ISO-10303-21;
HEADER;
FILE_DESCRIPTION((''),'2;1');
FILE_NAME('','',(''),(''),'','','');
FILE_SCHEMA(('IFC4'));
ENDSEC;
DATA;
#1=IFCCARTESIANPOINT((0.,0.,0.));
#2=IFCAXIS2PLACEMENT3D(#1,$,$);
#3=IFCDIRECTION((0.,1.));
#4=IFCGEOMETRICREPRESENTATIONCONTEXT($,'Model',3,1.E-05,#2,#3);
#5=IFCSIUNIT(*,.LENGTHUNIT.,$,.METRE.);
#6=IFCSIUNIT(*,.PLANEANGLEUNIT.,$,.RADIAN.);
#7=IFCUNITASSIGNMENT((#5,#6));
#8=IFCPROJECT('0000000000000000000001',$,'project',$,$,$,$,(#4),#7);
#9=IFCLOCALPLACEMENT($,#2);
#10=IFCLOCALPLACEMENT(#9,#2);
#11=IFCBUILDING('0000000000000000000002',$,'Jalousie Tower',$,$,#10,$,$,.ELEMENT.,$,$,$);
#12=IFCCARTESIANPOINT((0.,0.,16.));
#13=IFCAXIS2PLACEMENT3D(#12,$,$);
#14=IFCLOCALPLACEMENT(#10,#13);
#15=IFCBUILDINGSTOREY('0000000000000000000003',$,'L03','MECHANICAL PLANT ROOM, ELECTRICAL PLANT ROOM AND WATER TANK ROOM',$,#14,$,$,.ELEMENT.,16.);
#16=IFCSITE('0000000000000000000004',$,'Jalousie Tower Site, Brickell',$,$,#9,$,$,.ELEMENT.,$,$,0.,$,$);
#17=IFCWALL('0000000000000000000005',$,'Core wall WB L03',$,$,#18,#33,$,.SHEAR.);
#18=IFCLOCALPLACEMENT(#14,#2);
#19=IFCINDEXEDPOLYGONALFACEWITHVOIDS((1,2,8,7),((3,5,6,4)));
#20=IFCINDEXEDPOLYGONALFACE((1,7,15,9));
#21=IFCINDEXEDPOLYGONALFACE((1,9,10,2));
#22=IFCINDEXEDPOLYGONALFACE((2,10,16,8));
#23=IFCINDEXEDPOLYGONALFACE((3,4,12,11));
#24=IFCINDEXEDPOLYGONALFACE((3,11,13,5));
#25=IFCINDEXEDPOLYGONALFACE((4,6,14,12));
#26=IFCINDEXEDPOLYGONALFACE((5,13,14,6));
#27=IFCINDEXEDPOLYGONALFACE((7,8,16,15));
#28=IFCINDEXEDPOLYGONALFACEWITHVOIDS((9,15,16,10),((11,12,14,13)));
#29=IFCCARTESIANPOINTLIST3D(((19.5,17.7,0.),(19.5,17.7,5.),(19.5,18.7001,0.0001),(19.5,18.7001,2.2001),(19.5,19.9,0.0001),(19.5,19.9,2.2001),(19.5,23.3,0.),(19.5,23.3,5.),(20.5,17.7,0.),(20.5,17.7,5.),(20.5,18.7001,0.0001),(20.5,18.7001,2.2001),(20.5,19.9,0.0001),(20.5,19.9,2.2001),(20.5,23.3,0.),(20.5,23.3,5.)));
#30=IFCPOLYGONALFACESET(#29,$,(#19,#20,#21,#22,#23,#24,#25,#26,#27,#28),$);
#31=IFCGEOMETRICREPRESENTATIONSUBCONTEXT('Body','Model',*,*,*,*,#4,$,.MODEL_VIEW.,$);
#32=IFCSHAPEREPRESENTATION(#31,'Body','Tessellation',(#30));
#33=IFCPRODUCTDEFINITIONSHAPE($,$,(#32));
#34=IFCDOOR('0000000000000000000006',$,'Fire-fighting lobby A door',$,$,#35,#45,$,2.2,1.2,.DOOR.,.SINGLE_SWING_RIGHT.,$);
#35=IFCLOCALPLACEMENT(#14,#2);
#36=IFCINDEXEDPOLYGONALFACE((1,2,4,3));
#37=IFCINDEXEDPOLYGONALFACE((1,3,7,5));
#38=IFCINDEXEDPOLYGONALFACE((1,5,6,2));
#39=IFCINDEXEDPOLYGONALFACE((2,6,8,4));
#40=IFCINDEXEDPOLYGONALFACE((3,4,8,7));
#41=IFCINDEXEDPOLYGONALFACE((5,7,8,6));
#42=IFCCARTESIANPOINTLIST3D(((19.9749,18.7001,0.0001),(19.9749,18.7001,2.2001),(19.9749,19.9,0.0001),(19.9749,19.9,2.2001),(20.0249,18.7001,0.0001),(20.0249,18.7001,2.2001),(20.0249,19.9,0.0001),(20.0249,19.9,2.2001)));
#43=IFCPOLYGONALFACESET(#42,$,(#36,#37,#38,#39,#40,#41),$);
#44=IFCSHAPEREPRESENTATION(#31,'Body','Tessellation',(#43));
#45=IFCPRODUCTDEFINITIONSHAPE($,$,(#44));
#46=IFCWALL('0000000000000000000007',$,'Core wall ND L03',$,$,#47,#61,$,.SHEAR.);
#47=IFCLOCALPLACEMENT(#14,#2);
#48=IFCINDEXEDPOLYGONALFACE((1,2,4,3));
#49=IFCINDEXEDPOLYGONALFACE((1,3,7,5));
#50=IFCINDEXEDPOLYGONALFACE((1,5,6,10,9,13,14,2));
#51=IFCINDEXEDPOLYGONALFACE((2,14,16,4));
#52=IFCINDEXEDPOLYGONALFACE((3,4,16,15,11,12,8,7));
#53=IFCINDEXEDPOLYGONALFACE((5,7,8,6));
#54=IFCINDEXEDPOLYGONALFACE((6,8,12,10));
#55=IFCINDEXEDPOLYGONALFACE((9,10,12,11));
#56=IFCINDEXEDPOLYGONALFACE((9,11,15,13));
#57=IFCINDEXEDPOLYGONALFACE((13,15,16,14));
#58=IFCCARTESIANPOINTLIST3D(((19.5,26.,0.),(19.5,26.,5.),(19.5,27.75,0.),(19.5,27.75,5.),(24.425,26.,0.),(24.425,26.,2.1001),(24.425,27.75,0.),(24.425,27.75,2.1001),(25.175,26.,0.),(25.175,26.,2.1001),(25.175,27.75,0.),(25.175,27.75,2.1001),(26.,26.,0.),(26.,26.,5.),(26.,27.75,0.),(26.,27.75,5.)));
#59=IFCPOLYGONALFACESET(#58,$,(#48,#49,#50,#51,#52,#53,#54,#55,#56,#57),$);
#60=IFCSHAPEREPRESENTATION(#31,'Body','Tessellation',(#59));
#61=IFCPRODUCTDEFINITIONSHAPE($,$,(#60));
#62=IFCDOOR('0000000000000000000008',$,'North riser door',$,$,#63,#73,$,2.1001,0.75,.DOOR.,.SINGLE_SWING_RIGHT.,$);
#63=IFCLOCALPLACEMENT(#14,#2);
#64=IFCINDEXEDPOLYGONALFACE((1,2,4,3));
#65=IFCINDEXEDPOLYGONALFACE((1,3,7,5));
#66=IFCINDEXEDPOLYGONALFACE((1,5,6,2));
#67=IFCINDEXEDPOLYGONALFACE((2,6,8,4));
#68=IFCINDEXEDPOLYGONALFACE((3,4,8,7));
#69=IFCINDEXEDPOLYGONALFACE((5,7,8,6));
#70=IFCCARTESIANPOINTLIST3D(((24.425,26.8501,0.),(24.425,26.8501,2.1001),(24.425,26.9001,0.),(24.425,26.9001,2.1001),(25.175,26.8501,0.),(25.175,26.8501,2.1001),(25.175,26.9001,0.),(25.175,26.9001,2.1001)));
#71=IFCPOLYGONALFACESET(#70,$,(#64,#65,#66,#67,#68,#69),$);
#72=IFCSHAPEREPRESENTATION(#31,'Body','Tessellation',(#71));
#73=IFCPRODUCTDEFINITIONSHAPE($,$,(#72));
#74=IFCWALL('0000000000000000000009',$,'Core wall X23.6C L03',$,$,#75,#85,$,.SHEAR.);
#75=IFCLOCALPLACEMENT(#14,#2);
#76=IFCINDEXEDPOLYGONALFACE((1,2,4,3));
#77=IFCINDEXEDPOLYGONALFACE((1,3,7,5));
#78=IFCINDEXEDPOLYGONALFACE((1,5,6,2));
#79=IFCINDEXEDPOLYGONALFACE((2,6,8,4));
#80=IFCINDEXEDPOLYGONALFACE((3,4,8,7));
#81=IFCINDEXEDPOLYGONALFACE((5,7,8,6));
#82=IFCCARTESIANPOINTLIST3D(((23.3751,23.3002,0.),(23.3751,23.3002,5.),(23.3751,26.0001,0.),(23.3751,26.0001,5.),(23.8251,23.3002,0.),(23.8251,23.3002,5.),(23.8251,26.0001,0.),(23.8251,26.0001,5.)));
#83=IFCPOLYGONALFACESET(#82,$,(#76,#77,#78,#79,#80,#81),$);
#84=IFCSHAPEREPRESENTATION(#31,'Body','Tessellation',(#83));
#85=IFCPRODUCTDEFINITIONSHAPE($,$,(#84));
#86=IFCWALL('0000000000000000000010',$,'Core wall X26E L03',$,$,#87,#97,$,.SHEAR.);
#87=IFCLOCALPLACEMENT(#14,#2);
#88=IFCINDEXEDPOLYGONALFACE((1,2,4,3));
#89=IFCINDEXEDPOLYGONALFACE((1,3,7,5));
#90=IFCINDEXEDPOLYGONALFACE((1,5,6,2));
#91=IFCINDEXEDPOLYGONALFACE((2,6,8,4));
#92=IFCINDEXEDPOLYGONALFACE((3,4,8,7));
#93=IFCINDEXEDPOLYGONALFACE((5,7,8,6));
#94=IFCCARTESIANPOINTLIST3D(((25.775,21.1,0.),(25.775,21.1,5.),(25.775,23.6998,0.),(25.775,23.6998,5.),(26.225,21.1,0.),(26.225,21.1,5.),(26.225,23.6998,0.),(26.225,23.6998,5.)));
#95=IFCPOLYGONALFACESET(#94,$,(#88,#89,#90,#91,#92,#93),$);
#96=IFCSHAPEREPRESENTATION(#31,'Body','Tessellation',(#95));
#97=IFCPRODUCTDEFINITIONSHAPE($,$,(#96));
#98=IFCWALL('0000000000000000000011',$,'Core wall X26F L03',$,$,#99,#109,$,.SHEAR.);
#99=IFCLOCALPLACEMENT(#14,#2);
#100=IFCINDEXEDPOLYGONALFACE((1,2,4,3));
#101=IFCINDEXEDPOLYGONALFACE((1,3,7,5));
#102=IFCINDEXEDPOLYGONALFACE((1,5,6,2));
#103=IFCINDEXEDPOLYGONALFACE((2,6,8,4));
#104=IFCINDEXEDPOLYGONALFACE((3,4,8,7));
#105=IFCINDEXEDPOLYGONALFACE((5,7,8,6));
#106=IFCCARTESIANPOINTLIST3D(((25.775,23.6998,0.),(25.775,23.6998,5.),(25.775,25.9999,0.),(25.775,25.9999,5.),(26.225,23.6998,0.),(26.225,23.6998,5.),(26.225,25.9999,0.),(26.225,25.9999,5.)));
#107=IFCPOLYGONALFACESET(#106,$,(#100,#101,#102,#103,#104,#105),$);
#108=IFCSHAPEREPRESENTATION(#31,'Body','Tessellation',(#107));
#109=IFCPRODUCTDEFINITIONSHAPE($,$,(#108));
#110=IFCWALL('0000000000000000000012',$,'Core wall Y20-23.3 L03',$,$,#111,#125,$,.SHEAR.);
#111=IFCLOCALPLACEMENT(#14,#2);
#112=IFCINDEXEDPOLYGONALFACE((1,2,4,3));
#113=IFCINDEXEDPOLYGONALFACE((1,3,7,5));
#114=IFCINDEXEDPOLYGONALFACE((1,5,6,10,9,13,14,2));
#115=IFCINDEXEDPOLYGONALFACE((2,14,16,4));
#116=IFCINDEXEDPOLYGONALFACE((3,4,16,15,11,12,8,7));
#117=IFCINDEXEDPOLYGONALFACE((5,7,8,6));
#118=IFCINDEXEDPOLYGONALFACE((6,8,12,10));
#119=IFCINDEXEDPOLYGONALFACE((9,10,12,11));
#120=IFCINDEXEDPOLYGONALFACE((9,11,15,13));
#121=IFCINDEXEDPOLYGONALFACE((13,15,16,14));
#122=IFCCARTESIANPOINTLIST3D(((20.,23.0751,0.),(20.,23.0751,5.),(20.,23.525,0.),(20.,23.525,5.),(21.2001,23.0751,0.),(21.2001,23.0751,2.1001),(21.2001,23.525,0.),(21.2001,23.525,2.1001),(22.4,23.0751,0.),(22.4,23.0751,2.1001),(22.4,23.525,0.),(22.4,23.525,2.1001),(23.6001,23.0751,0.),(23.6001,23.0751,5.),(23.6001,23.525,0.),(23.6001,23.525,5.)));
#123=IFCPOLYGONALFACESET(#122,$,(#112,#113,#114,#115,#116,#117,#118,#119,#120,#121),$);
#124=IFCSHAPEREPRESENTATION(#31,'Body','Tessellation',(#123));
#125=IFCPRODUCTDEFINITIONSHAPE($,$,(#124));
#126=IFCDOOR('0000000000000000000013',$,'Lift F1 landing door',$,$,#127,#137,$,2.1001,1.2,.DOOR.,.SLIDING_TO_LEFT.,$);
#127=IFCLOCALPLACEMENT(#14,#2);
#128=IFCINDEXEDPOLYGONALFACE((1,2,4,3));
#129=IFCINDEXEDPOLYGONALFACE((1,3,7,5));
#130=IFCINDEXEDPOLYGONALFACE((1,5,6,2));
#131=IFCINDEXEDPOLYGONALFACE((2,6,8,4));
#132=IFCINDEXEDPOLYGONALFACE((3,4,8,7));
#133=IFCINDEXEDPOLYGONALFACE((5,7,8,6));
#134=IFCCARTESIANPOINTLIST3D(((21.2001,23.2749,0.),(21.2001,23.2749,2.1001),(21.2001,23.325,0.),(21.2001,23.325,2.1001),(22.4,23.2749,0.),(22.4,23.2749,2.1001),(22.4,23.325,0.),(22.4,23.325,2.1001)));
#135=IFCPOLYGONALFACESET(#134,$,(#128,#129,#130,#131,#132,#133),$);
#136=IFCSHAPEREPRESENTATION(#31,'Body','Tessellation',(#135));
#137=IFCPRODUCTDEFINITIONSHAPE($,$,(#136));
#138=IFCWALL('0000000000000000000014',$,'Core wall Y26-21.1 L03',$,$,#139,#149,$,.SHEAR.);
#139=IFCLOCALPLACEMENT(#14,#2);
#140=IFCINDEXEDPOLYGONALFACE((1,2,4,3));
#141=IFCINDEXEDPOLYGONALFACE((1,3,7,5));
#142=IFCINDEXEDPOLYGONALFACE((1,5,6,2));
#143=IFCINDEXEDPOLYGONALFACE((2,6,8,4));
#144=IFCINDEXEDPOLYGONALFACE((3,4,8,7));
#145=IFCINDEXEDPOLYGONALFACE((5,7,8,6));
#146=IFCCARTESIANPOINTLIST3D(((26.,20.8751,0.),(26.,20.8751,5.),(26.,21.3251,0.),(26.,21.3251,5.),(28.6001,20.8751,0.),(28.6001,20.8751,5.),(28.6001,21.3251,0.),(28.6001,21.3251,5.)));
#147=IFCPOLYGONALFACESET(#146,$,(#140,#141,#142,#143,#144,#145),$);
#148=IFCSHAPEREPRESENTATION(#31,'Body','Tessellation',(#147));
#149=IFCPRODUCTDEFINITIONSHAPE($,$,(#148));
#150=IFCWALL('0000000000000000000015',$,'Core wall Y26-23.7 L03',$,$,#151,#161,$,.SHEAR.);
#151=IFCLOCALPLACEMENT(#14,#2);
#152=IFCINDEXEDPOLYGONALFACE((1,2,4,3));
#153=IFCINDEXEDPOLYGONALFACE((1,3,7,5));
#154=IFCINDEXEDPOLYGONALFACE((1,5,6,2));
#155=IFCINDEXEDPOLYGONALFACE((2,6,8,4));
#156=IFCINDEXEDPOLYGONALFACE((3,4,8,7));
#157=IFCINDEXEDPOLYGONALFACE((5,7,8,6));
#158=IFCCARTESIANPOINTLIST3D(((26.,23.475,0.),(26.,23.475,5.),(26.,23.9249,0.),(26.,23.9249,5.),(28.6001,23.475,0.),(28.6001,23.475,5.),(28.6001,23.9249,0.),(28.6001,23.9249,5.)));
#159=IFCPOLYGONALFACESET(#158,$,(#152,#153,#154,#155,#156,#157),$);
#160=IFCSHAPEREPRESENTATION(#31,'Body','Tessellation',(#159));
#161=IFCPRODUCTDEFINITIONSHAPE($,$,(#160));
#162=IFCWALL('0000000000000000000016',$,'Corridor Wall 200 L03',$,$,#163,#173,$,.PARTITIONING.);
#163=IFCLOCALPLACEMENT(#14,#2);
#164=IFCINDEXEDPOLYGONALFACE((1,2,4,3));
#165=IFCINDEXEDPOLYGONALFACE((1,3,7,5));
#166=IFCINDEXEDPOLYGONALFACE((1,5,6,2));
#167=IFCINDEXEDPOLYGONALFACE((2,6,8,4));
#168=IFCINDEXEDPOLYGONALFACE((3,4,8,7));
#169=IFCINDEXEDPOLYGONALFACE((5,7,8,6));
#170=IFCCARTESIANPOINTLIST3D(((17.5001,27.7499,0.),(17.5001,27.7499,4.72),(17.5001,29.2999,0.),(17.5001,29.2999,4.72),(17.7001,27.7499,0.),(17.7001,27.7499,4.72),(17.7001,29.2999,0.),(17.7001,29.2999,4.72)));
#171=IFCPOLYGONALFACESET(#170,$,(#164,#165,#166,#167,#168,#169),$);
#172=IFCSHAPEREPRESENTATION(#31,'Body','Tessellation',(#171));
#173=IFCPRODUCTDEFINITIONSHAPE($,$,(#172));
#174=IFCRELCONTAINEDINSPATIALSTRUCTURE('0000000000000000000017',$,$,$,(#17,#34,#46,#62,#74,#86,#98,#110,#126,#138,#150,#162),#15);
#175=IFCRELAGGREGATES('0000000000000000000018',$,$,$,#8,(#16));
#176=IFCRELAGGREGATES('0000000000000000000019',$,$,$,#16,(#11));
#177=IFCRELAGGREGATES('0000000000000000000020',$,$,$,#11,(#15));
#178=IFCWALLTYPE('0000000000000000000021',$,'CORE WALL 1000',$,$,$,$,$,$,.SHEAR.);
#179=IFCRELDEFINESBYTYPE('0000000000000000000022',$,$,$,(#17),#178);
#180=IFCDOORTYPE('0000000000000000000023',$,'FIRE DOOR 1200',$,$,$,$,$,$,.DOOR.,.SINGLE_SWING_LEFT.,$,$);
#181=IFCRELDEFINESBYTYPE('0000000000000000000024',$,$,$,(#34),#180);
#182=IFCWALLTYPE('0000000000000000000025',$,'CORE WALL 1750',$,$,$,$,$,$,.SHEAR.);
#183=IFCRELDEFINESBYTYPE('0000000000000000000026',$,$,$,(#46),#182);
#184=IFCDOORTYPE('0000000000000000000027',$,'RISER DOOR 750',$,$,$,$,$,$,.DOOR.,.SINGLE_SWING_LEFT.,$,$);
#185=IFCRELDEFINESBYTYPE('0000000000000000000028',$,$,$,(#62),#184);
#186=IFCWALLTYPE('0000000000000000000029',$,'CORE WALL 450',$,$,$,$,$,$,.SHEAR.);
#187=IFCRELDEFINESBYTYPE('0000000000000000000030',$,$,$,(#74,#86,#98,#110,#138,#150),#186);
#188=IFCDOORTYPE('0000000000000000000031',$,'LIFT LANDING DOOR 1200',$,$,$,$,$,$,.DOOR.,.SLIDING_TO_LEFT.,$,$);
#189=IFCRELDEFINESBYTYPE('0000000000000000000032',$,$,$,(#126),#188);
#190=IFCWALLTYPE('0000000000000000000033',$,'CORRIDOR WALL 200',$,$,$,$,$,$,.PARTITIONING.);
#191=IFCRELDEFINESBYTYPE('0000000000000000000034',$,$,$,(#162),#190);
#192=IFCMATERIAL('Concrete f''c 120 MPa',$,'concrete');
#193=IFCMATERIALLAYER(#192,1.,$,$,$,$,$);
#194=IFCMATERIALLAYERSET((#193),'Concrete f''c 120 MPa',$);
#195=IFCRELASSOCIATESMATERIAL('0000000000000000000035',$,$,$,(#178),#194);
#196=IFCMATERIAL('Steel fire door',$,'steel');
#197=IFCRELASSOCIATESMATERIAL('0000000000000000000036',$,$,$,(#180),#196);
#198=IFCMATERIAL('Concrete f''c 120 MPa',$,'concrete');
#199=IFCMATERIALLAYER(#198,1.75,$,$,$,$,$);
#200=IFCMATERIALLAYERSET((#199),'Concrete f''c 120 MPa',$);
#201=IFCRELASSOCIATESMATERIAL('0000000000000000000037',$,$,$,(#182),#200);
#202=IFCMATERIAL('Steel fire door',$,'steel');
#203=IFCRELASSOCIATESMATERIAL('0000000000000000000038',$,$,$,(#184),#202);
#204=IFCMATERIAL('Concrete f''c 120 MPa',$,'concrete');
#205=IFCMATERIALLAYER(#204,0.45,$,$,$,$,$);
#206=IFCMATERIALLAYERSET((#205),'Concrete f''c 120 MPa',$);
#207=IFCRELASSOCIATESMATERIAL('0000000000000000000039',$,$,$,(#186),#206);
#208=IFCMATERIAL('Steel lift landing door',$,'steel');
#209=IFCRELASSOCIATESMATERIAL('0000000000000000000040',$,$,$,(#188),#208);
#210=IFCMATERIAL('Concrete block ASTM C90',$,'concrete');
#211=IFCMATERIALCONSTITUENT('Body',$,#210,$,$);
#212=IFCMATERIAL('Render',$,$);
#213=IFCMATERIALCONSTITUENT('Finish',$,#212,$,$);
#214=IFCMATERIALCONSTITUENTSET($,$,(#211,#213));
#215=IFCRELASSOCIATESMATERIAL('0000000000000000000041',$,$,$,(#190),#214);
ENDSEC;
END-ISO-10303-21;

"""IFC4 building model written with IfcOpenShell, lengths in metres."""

from ifc_helpers import new_model, si_unit, direction, frame, frame_2d, origin, place, context, subcontext, project, spatial, rectangle, extrude, material, layer, layer_set, constituent, constituent_set, type_object, element, fill, save


model = new_model("IFC4")

# Units and contexts
model_context = context("Model", 3, precision=1e-05, world=origin(), true_north=direction((0.0, 1.0)))
body_context = subcontext(model_context, "Body", "Model", "MODEL_VIEW")
ifc_project = project(units=[si_unit("LENGTHUNIT", "METRE"), si_unit("PLANEANGLEUNIT", "RADIAN")], contexts=[model_context])

# Site, building, storey
site_placement = place(None, origin())
site = spatial("IfcSite", under=ifc_project, at=site_placement, Name="Jalousie Tower Site, Brickell", CompositionType="ELEMENT", RefElevation=0.0)
building_placement = place(site_placement, origin())
building = spatial("IfcBuilding", under=site, at=building_placement, Name="Jalousie Tower", CompositionType="ELEMENT")
storey_placement = place(building_placement, frame((0.0, 0.0, 16.0)))
storey = spatial("IfcBuildingStorey", under=building, at=storey_placement, Name="L03", Description="MECHANICAL PLANT ROOM, ELECTRICAL PLANT ROOM AND WATER TANK ROOM", CompositionType="ELEMENT", Elevation=16.0)

# Shared definitions
ifc_material_1 = material(Name="Concrete f'c 120 MPa", Category="concrete")
ifc_layer_1 = layer(ifc_material_1, 1.0)
ifc_layer_set_1 = layer_set([ifc_layer_1], Name="Concrete f'c 120 MPa")
wall_type_1 = type_object("IfcWallType", Name="CORE WALL 1000", PredefinedType="SHEAR", material=ifc_layer_set_1)

# Walls, openings, doors
wall_1_placement = place(storey_placement, frame((20.0, 23.3, 0.0), z_axis=(0.0, 0.0, 1.0), x_axis=(0.0, -1.0, 0.0)))
wall_1 = element("IfcWall", 1, at=wall_1_placement, inside=storey, type_object=wall_type_1, Name="Core wall WB L03", PredefinedType="SHEAR", context=body_context, shape_type="SweptSolid", body=[
    extrude(rectangle(XDim=5.6001, YDim=1.0, at=frame_2d((2.8, 0.0))), origin(), (0.0, 0.0, 1.0), 5.0),
])
opening_1_placement = place(wall_1_placement, frame((3.3999, 0.0, 0.0)))
opening_1 = element("IfcOpeningElement", 2, at=opening_1_placement, cuts=wall_1, PredefinedType="OPENING", context=body_context, shape_type="SweptSolid", body=[
    extrude(rectangle(XDim=1.2, YDim=2.2, at=frame_2d((0.6001, 1.1001))), frame((0.0, 0.51, 0.0), z_axis=(0.0, -1.0, 0.0), x_axis=(1.0, 0.0, 0.0)), (0.0, 0.0, 1.0), 1.02),
])
ifc_material_2 = material(Name="Steel fire door", Category="steel")
door_type_1 = type_object("IfcDoorType", Name="FIRE DOOR 1200", OperationType="SINGLE_SWING_LEFT", PredefinedType="DOOR", material=ifc_material_2)
door_1_placement = place(opening_1_placement, origin())
door_1 = element("IfcDoor", 3, at=door_1_placement, inside=storey, type_object=door_type_1, Name="Fire-fighting lobby A door", OperationType="SINGLE_SWING_RIGHT", OverallHeight=2.2, OverallWidth=1.2, PredefinedType="DOOR", context=body_context, shape_type="SweptSolid", body=[
    extrude(rectangle(XDim=1.2, YDim=2.2, at=frame_2d((0.6001, 1.1001))), frame((0.0, 0.0249, 0.0), z_axis=(0.0, -1.0, 0.0), x_axis=(1.0, 0.0, 0.0)), (0.0, 0.0, 1.0), 0.05),
])
fill(opening_1, door_1)
ifc_material_3 = material(Name="Concrete f'c 120 MPa", Category="concrete")
ifc_layer_2 = layer(ifc_material_3, 1.75)
ifc_layer_set_2 = layer_set([ifc_layer_2], Name="Concrete f'c 120 MPa")
wall_type_2 = type_object("IfcWallType", Name="CORE WALL 1750", PredefinedType="SHEAR", material=ifc_layer_set_2)
wall_2_placement = place(storey_placement, frame((26.0, 26.875, 0.0), z_axis=(0.0, 0.0, 1.0), x_axis=(-1.0, 0.0, 0.0)))
wall_2 = element("IfcWall", 4, at=wall_2_placement, inside=storey, type_object=wall_type_2, Name="Core wall ND L03", PredefinedType="SHEAR", context=body_context, shape_type="SweptSolid", body=[
    extrude(rectangle(XDim=6.5, YDim=1.75, at=frame_2d((3.25, 0.0))), origin(), (0.0, 0.0, 1.0), 5.0),
])
opening_2_placement = place(wall_2_placement, frame((0.825, 0.0, 0.0)))
opening_2 = element("IfcOpeningElement", 5, at=opening_2_placement, cuts=wall_2, PredefinedType="OPENING", context=body_context, shape_type="SweptSolid", body=[
    extrude(rectangle(XDim=0.75, YDim=2.1001, at=frame_2d((0.375, 1.05))), frame((0.0, 0.885, 0.0), z_axis=(0.0, -1.0, 0.0), x_axis=(1.0, 0.0, 0.0)), (0.0, 0.0, 1.0), 1.77),
])
ifc_material_4 = material(Name="Steel fire door", Category="steel")
door_type_2 = type_object("IfcDoorType", Name="RISER DOOR 750", OperationType="SINGLE_SWING_LEFT", PredefinedType="DOOR", material=ifc_material_4)
door_2_placement = place(opening_2_placement, origin())
door_2 = element("IfcDoor", 6, at=door_2_placement, inside=storey, type_object=door_type_2, Name="North riser door", OperationType="SINGLE_SWING_RIGHT", OverallHeight=2.1001, OverallWidth=0.75, PredefinedType="DOOR", context=body_context, shape_type="SweptSolid", body=[
    extrude(rectangle(XDim=0.75, YDim=2.1001, at=frame_2d((0.375, 1.05))), frame((0.0, 0.0249, 0.0), z_axis=(0.0, -1.0, 0.0), x_axis=(1.0, 0.0, 0.0)), (0.0, 0.0, 1.0), 0.05),
])
fill(opening_2, door_2)

# Walls
ifc_material_5 = material(Name="Concrete f'c 120 MPa", Category="concrete")
ifc_layer_3 = layer(ifc_material_5, 0.45)
ifc_layer_set_3 = layer_set([ifc_layer_3], Name="Concrete f'c 120 MPa")
wall_type_3 = type_object("IfcWallType", Name="CORE WALL 450", PredefinedType="SHEAR", material=ifc_layer_set_3)
wall_3_placement = place(storey_placement, frame((23.6001, 23.3, 0.0), z_axis=(0.0, 0.0, 1.0), x_axis=(0.0, 1.0, 0.0)))
element("IfcWall", 7, at=wall_3_placement, inside=storey, type_object=wall_type_3, Name="Core wall X23.6C L03", PredefinedType="SHEAR", context=body_context, shape_type="SweptSolid", body=[
    extrude(rectangle(XDim=2.7, YDim=0.45, at=frame_2d((1.3501, 0.0))), origin(), (0.0, 0.0, 1.0), 5.0),
])
wall_4_placement = place(storey_placement, frame((26.0, 21.1001, 0.0), z_axis=(0.0, 0.0, 1.0), x_axis=(0.0, 1.0, 0.0)))
element("IfcWall", 8, at=wall_4_placement, inside=storey, type_object=wall_type_3, Name="Core wall X26E L03", PredefinedType="SHEAR", context=body_context, shape_type="SweptSolid", body=[
    extrude(rectangle(XDim=2.5999, YDim=0.45, at=frame_2d((1.2998, 0.0))), origin(), (0.0, 0.0, 1.0), 5.0),
])
wall_5_placement = place(storey_placement, frame((26.0, 23.7, 0.0), z_axis=(0.0, 0.0, 1.0), x_axis=(0.0, 1.0, 0.0)))
element("IfcWall", 9, at=wall_5_placement, inside=storey, type_object=wall_type_3, Name="Core wall X26F L03", PredefinedType="SHEAR", context=body_context, shape_type="SweptSolid", body=[
    extrude(rectangle(XDim=2.3, YDim=0.45, at=frame_2d((1.1499, 0.0))), origin(), (0.0, 0.0, 1.0), 5.0),
])

# Wall, opening, door
wall_6_placement = place(storey_placement, frame((20.0, 23.3, 0.0), z_axis=(0.0, 0.0, 1.0), x_axis=(1.0, 0.0, 0.0)))
wall_6 = element("IfcWall", 10, at=wall_6_placement, inside=storey, type_object=wall_type_3, Name="Core wall Y20-23.3 L03", PredefinedType="SHEAR", context=body_context, shape_type="SweptSolid", body=[
    extrude(rectangle(XDim=3.6001, YDim=0.45, at=frame_2d((1.8, 0.0))), origin(), (0.0, 0.0, 1.0), 5.0),
])
opening_3_placement = place(wall_6_placement, frame((1.2, 0.0, 0.0)))
opening_3 = element("IfcOpeningElement", 11, at=opening_3_placement, cuts=wall_6, PredefinedType="OPENING", context=body_context, shape_type="SweptSolid", body=[
    extrude(rectangle(XDim=1.2, YDim=2.1001, at=frame_2d((0.6001, 1.05))), frame((0.0, 0.2349, 0.0), z_axis=(0.0, -1.0, 0.0), x_axis=(1.0, 0.0, 0.0)), (0.0, 0.0, 1.0), 0.47),
])
ifc_material_6 = material(Name="Steel lift landing door", Category="steel")
door_type_3 = type_object("IfcDoorType", Name="LIFT LANDING DOOR 1200", OperationType="SLIDING_TO_LEFT", PredefinedType="DOOR", material=ifc_material_6)
door_3_placement = place(opening_3_placement, origin())
door_3 = element("IfcDoor", 12, at=door_3_placement, inside=storey, type_object=door_type_3, Name="Lift F1 landing door", OperationType="SLIDING_TO_LEFT", OverallHeight=2.1001, OverallWidth=1.2, PredefinedType="DOOR", context=body_context, shape_type="SweptSolid", body=[
    extrude(rectangle(XDim=1.2, YDim=2.1001, at=frame_2d((0.6001, 1.05))), frame((0.0, 0.0249, 0.0), z_axis=(0.0, -1.0, 0.0), x_axis=(1.0, 0.0, 0.0)), (0.0, 0.0, 1.0), 0.05),
])
fill(opening_3, door_3)

# Walls
for number, where, z_axis, x_axis, name in (
    (13, (26.0, 21.1001, 0.0), (0.0, 0.0, 1.0), (1.0, 0.0, 0.0), "Core wall Y26-21.1 L03"),
    (14, (26.0, 23.7, 0.0), (0.0, 0.0, 1.0), (1.0, 0.0, 0.0), "Core wall Y26-23.7 L03"),
):
    element("IfcWall", number, at=place(storey_placement, frame(where, z_axis=z_axis, x_axis=x_axis)), inside=storey, type_object=wall_type_3, Name=name, PredefinedType="SHEAR", context=body_context, shape_type="SweptSolid", body=[
        extrude(rectangle(XDim=2.6001, YDim=0.45, at=frame_2d((1.3, 0.0))), origin(), (0.0, 0.0, 1.0), 5.0),
    ])
ifc_material_7 = material(Name="Concrete block ASTM C90", Category="concrete")
ifc_constituent_1 = constituent(ifc_material_7, Name="Body")
ifc_material_8 = material(Name="Render")
ifc_constituent_2 = constituent(ifc_material_8, Name="Finish")
ifc_constituent_set_1 = constituent_set(constituents=[ifc_constituent_1, ifc_constituent_2])
wall_type_4 = type_object("IfcWallType", Name="CORRIDOR WALL 200", PredefinedType="PARTITIONING", material=ifc_constituent_set_1)
wall_7_placement = place(storey_placement, frame((17.6001, 27.75, 0.0), z_axis=(0.0, 0.0, 1.0), x_axis=(0.0, 1.0, 0.0)))
element("IfcWall", 15, at=wall_7_placement, inside=storey, type_object=wall_type_4, Name="Corridor Wall 200 L03", PredefinedType="PARTITIONING", context=body_context, shape_type="SweptSolid", body=[
    extrude(rectangle(XDim=1.55, YDim=0.2, at=frame_2d((0.7749, 0.0))), origin(), (0.0, 0.0, 1.0), 4.72),
])

save(model, "model.ifc")
